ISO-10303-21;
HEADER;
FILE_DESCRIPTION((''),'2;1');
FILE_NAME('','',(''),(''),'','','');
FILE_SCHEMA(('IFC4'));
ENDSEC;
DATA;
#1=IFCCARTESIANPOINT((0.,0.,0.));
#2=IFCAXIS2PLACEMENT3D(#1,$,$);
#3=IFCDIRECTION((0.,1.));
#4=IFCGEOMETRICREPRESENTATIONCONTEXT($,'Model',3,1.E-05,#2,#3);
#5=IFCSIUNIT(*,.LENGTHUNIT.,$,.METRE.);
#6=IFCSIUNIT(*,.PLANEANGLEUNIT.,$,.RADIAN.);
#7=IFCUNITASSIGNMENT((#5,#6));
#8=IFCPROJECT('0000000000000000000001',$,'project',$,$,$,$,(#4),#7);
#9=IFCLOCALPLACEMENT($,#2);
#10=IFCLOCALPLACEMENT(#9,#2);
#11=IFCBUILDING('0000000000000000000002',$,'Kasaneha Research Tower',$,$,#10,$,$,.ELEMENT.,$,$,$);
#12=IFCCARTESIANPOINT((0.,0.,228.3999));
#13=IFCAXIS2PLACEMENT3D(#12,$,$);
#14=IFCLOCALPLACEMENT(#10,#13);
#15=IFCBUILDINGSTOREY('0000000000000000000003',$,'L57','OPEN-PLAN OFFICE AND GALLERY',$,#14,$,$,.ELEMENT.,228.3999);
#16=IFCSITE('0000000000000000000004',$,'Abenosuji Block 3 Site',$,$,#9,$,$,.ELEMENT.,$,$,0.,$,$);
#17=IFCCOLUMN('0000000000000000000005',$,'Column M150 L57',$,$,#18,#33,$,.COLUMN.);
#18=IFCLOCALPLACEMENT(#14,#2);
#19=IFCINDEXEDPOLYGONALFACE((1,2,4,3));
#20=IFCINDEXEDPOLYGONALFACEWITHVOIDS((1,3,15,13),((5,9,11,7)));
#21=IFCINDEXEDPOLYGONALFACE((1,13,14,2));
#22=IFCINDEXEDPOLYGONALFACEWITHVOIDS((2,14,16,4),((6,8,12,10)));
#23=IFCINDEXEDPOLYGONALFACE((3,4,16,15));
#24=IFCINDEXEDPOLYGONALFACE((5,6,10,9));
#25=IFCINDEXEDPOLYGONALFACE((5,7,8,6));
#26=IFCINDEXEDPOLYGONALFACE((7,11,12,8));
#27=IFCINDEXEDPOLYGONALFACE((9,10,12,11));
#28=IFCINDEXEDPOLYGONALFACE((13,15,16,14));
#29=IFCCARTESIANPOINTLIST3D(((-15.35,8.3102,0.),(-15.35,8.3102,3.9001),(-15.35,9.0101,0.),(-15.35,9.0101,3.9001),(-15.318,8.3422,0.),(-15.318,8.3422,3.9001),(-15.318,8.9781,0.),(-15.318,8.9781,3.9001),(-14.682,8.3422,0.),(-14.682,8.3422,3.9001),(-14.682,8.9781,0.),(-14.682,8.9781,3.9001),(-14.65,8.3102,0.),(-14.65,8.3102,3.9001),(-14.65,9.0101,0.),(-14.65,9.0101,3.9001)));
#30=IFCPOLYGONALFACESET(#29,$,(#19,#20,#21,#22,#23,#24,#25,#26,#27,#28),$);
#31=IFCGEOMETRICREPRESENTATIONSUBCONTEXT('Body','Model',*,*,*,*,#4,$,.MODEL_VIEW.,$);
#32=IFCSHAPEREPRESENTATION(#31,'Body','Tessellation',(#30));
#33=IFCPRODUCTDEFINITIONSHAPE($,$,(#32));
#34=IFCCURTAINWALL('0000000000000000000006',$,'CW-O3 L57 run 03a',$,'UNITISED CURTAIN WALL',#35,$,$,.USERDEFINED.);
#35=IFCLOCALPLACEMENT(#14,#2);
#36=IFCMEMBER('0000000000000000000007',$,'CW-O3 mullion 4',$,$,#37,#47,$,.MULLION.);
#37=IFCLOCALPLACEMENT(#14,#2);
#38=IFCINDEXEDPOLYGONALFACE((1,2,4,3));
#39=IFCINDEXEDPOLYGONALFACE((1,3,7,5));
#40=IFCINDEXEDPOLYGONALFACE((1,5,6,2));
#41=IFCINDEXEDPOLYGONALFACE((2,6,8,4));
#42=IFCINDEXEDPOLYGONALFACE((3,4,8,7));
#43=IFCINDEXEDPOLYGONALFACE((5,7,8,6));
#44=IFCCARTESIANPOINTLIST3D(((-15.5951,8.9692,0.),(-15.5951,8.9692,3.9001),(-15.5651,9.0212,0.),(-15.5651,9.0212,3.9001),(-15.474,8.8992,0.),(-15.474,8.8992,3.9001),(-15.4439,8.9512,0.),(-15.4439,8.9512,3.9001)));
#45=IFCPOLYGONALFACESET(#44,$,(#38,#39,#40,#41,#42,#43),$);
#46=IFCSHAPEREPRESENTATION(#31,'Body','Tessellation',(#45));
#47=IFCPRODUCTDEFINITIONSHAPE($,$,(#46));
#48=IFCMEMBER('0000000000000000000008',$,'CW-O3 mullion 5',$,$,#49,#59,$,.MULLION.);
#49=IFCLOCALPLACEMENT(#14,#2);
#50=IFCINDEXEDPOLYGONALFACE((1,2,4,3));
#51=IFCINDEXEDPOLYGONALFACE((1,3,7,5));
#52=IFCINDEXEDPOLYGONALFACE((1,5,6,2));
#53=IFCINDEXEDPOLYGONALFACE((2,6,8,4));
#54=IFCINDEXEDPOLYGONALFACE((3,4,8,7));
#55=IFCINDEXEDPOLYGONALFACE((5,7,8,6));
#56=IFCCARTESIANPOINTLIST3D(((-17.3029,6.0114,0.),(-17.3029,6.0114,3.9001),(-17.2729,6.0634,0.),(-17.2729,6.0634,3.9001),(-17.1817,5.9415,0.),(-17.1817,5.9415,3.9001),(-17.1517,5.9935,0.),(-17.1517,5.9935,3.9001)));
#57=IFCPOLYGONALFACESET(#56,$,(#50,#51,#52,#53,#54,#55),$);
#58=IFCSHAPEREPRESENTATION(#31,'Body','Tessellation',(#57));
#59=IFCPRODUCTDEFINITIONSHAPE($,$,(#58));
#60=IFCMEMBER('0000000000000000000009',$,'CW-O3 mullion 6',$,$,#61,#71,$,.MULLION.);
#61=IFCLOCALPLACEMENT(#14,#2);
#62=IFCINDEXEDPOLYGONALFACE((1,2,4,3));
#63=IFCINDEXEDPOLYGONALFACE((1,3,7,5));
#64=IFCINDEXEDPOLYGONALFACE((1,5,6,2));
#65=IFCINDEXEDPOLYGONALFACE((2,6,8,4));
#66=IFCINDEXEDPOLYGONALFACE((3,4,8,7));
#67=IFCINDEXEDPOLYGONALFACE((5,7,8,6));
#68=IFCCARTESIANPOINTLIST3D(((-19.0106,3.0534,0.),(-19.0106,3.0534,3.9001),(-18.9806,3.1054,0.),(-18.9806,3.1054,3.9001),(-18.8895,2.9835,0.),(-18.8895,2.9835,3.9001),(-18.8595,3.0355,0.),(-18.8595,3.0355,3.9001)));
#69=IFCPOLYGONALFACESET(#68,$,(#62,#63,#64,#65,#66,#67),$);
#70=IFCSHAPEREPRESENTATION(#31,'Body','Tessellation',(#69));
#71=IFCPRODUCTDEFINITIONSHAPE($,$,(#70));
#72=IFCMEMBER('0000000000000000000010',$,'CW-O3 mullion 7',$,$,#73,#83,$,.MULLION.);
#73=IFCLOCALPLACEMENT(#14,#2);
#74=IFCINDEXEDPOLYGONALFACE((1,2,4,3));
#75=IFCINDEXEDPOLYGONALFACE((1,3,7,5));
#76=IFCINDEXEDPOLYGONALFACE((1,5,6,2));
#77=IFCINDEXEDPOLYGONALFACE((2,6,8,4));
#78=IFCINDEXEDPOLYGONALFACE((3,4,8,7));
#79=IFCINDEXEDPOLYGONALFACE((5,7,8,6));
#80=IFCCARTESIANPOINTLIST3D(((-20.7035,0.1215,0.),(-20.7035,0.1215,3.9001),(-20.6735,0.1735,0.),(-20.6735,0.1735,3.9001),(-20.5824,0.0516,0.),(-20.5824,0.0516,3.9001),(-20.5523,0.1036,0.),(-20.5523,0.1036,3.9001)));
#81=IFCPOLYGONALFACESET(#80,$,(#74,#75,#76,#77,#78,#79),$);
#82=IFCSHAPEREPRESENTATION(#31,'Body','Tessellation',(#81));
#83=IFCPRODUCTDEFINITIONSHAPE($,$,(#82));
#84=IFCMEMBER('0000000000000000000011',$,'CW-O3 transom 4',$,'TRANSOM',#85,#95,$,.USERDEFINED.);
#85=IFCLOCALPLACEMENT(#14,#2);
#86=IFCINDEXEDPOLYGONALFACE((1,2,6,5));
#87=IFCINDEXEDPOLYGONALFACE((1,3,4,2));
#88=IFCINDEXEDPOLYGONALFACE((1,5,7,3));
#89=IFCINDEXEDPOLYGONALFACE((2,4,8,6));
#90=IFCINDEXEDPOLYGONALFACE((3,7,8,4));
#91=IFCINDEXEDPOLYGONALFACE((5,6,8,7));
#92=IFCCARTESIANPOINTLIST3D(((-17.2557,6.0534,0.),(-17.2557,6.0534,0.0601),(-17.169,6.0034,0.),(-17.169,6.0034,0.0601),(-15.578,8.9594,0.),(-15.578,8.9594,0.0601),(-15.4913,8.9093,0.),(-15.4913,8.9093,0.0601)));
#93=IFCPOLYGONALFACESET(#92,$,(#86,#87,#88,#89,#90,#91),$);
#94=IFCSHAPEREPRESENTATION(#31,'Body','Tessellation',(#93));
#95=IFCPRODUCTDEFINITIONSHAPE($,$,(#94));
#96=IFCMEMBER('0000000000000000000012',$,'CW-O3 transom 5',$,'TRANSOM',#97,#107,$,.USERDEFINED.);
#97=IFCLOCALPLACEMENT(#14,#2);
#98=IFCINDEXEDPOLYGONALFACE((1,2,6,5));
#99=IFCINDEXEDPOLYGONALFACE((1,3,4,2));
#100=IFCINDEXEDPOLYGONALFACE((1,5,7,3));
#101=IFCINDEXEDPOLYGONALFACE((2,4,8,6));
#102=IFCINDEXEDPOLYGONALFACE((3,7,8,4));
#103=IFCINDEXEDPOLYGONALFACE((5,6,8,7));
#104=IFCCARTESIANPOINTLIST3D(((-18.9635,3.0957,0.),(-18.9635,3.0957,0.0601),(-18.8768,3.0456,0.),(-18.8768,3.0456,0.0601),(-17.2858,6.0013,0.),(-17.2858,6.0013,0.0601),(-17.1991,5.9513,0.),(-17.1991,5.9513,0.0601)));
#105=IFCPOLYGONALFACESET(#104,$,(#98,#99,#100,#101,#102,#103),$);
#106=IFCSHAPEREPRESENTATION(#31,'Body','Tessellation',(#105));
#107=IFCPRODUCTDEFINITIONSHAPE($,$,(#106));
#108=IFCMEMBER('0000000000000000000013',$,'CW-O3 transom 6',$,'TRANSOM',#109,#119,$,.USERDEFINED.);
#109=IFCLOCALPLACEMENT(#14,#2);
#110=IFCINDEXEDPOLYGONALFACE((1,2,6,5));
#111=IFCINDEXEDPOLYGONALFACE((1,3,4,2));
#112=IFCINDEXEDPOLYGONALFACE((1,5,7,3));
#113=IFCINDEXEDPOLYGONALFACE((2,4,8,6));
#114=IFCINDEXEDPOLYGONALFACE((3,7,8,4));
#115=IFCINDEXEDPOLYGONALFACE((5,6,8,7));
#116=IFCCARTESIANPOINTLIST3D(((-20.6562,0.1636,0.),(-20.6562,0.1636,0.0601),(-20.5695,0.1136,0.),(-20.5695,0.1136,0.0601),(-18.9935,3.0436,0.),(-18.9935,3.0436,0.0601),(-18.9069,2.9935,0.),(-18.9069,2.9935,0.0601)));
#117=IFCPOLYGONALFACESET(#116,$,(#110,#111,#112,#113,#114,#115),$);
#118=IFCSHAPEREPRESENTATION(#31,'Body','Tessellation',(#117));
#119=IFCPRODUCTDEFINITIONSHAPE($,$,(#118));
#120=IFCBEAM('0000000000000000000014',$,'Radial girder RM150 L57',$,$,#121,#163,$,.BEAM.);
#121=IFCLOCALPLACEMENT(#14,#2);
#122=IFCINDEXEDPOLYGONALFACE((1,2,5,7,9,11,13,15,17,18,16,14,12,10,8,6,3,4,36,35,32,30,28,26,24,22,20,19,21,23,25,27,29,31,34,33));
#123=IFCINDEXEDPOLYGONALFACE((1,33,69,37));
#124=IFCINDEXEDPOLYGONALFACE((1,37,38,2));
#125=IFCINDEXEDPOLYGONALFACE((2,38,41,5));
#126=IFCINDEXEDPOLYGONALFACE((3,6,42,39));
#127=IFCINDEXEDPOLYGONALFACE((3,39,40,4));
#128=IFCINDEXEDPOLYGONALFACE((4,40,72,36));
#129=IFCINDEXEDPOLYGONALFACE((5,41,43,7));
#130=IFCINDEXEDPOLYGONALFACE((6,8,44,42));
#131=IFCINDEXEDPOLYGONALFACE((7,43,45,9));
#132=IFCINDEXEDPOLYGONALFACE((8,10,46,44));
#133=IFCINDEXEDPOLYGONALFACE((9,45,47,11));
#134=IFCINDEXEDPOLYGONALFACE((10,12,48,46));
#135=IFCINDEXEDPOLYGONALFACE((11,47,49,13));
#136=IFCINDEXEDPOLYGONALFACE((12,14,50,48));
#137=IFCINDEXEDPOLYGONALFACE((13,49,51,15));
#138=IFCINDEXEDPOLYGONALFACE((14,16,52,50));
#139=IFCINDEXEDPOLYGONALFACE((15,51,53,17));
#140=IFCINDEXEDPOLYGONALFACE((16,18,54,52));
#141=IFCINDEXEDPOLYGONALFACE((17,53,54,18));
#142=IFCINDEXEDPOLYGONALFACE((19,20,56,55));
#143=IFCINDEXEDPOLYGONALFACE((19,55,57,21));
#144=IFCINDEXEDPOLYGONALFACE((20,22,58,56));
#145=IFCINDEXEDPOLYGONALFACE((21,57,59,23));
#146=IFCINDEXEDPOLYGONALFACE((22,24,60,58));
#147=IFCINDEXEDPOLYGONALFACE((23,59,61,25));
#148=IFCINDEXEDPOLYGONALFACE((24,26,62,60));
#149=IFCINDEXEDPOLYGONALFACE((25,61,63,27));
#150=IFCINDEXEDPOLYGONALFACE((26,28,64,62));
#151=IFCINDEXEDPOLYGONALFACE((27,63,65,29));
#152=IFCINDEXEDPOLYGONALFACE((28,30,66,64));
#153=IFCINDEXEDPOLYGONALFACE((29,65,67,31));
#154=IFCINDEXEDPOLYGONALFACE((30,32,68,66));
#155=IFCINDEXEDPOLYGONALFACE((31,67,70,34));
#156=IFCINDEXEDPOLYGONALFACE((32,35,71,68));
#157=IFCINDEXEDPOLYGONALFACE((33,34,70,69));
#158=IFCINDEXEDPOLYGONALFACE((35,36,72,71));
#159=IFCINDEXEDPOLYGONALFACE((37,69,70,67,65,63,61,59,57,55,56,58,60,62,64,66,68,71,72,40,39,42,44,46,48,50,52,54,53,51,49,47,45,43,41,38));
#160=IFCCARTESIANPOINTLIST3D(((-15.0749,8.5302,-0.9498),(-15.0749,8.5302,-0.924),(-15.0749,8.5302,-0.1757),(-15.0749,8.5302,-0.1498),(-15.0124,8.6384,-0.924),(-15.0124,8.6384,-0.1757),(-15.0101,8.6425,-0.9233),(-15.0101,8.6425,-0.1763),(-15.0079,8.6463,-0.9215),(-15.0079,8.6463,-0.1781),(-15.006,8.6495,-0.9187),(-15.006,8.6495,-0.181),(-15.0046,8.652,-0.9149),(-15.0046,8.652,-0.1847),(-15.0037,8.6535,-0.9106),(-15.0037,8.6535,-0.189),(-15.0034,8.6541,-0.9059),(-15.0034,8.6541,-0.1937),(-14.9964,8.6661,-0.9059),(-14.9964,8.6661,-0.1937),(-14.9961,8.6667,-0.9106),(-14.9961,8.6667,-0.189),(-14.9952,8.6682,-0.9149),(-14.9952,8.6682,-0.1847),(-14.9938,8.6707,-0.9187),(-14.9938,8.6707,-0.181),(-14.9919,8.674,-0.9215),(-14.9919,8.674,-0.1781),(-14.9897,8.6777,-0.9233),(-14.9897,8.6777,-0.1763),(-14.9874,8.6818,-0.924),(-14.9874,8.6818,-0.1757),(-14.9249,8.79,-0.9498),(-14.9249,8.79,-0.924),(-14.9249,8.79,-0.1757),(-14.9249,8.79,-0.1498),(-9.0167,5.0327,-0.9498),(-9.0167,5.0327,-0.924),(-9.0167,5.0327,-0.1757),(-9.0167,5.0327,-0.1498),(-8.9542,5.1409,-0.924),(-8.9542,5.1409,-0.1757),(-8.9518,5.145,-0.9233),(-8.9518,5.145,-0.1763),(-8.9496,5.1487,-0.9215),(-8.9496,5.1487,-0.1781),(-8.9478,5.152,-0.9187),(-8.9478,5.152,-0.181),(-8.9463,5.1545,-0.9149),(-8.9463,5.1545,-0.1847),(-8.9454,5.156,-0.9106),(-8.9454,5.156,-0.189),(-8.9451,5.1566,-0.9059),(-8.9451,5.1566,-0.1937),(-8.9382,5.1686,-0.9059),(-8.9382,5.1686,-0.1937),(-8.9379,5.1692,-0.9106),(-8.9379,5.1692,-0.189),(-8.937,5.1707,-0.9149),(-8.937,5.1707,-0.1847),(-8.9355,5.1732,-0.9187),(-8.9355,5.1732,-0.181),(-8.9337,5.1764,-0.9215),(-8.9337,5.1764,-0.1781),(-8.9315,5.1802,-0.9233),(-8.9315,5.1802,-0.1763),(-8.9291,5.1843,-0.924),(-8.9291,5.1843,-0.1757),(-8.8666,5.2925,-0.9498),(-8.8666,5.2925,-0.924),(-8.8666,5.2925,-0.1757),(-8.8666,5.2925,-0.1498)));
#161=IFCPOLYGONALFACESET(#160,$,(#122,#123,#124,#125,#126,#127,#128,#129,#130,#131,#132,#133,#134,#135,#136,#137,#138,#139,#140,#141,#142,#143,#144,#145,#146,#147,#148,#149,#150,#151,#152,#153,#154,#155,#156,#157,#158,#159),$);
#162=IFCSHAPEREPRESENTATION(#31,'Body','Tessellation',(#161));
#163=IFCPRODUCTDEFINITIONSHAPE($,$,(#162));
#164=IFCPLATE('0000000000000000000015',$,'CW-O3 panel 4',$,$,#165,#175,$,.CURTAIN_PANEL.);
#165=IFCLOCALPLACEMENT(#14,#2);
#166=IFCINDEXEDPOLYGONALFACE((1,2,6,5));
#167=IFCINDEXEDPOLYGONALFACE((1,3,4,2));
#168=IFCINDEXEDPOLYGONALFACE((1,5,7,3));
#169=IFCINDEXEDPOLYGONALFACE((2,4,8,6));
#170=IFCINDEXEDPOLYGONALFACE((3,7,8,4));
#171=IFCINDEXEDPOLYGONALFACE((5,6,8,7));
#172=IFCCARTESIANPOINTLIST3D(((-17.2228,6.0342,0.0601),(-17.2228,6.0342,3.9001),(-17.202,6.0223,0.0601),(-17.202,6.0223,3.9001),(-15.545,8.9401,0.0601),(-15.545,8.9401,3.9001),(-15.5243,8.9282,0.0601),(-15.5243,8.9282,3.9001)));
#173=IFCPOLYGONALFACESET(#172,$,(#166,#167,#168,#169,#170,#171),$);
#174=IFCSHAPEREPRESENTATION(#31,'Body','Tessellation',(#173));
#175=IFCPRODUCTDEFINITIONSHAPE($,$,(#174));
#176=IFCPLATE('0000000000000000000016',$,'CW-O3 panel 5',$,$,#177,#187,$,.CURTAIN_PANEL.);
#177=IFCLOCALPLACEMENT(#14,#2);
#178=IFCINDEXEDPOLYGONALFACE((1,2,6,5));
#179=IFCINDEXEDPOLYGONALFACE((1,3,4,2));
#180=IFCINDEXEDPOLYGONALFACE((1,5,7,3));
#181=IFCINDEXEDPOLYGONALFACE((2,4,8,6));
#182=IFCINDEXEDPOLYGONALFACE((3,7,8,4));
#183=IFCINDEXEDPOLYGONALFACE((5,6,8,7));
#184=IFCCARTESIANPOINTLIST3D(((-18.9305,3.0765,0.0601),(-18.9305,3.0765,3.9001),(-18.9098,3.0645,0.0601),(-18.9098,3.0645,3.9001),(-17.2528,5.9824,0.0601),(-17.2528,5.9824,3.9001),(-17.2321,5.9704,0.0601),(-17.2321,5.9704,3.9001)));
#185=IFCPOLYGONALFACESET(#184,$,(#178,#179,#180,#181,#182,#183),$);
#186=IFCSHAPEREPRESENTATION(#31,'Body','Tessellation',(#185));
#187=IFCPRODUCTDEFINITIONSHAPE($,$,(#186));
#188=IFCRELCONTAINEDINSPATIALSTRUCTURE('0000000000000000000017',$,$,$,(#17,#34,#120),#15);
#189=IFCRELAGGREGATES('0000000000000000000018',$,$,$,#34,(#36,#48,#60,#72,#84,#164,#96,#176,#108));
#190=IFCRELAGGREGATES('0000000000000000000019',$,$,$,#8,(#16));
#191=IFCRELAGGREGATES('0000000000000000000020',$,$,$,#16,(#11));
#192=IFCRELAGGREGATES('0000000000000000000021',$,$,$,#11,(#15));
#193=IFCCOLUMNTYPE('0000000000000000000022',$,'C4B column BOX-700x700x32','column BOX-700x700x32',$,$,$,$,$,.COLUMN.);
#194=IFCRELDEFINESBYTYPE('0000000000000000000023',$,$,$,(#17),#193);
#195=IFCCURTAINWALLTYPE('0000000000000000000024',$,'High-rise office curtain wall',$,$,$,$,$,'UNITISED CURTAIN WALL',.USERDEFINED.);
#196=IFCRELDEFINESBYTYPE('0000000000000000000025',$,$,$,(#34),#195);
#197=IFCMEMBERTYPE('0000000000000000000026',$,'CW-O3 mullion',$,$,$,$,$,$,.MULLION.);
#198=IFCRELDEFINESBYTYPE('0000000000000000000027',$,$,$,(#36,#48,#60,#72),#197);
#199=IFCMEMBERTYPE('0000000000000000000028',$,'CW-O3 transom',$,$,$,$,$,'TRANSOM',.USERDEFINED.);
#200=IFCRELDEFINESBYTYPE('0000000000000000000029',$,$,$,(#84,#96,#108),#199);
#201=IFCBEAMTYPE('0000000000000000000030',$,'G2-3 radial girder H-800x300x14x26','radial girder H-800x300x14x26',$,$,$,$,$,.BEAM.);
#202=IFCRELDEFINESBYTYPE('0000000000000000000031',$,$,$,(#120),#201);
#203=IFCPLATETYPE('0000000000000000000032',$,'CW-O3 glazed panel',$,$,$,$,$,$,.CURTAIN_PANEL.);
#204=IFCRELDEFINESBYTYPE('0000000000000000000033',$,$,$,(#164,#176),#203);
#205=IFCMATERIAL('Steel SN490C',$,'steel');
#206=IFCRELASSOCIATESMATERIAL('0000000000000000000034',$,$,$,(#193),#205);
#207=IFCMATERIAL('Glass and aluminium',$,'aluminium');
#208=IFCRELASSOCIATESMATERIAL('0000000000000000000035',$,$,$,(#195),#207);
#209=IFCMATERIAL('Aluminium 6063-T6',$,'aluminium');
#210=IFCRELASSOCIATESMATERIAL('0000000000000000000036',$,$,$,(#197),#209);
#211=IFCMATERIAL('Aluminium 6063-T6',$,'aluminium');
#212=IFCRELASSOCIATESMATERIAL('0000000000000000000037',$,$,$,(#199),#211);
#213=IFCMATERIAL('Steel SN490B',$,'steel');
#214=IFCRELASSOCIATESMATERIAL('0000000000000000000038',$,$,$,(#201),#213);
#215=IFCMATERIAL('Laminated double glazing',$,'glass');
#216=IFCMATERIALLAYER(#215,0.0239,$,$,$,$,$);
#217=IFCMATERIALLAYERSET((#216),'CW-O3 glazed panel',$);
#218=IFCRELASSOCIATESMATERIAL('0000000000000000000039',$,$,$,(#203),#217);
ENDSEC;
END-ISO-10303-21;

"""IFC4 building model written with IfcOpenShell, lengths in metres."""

from ifc_helpers import new_model, si_unit, direction, frame, origin, origin_2d, place, context, subcontext, project, spatial, rectangle, hollow_rectangle, i_section, extrude, material, layer, layer_set, material_profile, profile_set, type_object, element, aggregate, save


model = new_model("IFC4")

# Units and contexts
model_context = context("Model", 3, precision=1e-05, world=origin(), true_north=direction((0.0, 1.0)))
body_context = subcontext(model_context, "Body", "Model", "MODEL_VIEW")
ifc_project = project(units=[si_unit("LENGTHUNIT", "METRE"), si_unit("PLANEANGLEUNIT", "RADIAN")], contexts=[model_context])

# Site, building, storey
site_placement = place(None, origin())
site = spatial("IfcSite", under=ifc_project, at=site_placement, Name="Abenosuji Block 3 Site", CompositionType="ELEMENT", RefElevation=0.0)
building_placement = place(site_placement, origin())
building = spatial("IfcBuilding", under=site, at=building_placement, Name="Kasaneha Research Tower", CompositionType="ELEMENT")
storey_placement = place(building_placement, frame((0.0, 0.0, 228.3999)))
storey = spatial("IfcBuildingStorey", under=building, at=storey_placement, Name="L57", Description="OPEN-PLAN OFFICE AND GALLERY", CompositionType="ELEMENT", Elevation=228.3999)

# Column
ifc_material_1 = material(Name="Steel SN490C", Category="steel")
ifc_material_profile_1 = material_profile(ifc_material_1, hollow_rectangle(XDim=0.7, YDim=0.7, WallThickness=0.032, at=origin_2d()), Name="BOX-700x700x32")
ifc_profile_set_1 = profile_set([ifc_material_profile_1], Name="Steel SN490C")
column_type = type_object("IfcColumnType", Name="C4B column BOX-700x700x32", Description="column BOX-700x700x32", PredefinedType="COLUMN", material=ifc_profile_set_1)
column_placement = place(storey_placement, frame((-15.0, 8.6602, 0.0), z_axis=(0.0, 0.0, 1.0), x_axis=(1.0, 0.0, 0.0)))
element("IfcColumn", 1, at=column_placement, inside=storey, type_object=column_type, Name="Column M150 L57", PredefinedType="COLUMN", context=body_context, shape_type="SweptSolid", body=[
    extrude(hollow_rectangle(XDim=0.7, YDim=0.7, WallThickness=0.032, at=origin_2d()), origin(), (0.0, 0.0, 1.0), 3.9001),
])

# Curtain wall, members
ifc_material_2 = material(Name="Glass and aluminium", Category="aluminium")
curtain_wall_type = type_object("IfcCurtainWallType", Name="High-rise office curtain wall", ElementType="UNITISED CURTAIN WALL", PredefinedType="USERDEFINED", material=ifc_material_2)
curtain_wall_placement = place(storey_placement, origin())
curtain_wall = element("IfcCurtainWall", 2, at=curtain_wall_placement, inside=storey, type_object=curtain_wall_type, Name="CW-O3 L57 run 03a", ObjectType="UNITISED CURTAIN WALL", PredefinedType="USERDEFINED")
ifc_material_3 = material(Name="Aluminium 6063-T6", Category="aluminium")
ifc_material_profile_2 = material_profile(ifc_material_3, rectangle(XDim=0.0601, YDim=0.1399, at=origin_2d()), Name="CW-O3 mullion 60x140")
ifc_profile_set_2 = profile_set([ifc_material_profile_2], Name="Aluminium 6063-T6")
member_type_1 = type_object("IfcMemberType", Name="CW-O3 mullion", PredefinedType="MULLION", material=ifc_profile_set_2)
member_1_placement = place(storey_placement, frame((-15.5195, 8.9602, 0.0), z_axis=(0.0, 0.0, 1.0), x_axis=(-0.5, -0.866025, 0.0)))
member_1 = element("IfcMember", 3, at=member_1_placement, type_object=member_type_1, Name="CW-O3 mullion 4", PredefinedType="MULLION", context=body_context, shape_type="SweptSolid", body=[
    extrude(rectangle(XDim=0.0601, YDim=0.1399, at=origin_2d()), origin(), (0.0, 0.0, 1.0), 3.9001),
])
member_2_placement = place(storey_placement, frame((-17.2273, 6.0024, 0.0), z_axis=(0.0, 0.0, 1.0), x_axis=(-0.5, -0.866025, 0.0)))
member_2 = element("IfcMember", 4, at=member_2_placement, type_object=member_type_1, Name="CW-O3 mullion 5", PredefinedType="MULLION", context=body_context, shape_type="SweptSolid", body=[
    extrude(rectangle(XDim=0.0601, YDim=0.1399, at=origin_2d()), origin(), (0.0, 0.0, 1.0), 3.9001),
])
member_3_placement = place(storey_placement, frame((-18.9351, 3.0444, 0.0), z_axis=(0.0, 0.0, 1.0), x_axis=(-0.5, -0.866025, 0.0)))
member_3 = element("IfcMember", 5, at=member_3_placement, type_object=member_type_1, Name="CW-O3 mullion 6", PredefinedType="MULLION", context=body_context, shape_type="SweptSolid", body=[
    extrude(rectangle(XDim=0.0601, YDim=0.1399, at=origin_2d()), origin(), (0.0, 0.0, 1.0), 3.9001),
])
member_4_placement = place(storey_placement, frame((-20.6279, 0.1125, 0.0), z_axis=(0.0, 0.0, 1.0), x_axis=(-0.5, -0.866025, 0.0)))
member_4 = element("IfcMember", 6, at=member_4_placement, type_object=member_type_1, Name="CW-O3 mullion 7", PredefinedType="MULLION", context=body_context, shape_type="SweptSolid", body=[
    extrude(rectangle(XDim=0.0601, YDim=0.1399, at=origin_2d()), origin(), (0.0, 0.0, 1.0), 3.9001),
])
ifc_material_4 = material(Name="Aluminium 6063-T6", Category="aluminium")
ifc_material_profile_3 = material_profile(ifc_material_4, rectangle(XDim=0.1001, YDim=0.0601, at=origin_2d()), Name="CW-O3 transom 100x60")
ifc_profile_set_3 = profile_set([ifc_material_profile_3], Name="Aluminium 6063-T6")
member_type_2 = type_object("IfcMemberType", Name="CW-O3 transom", ElementType="TRANSOM", PredefinedType="USERDEFINED", material=ifc_profile_set_3)
member_5_placement = place(storey_placement, frame((-15.5347, 8.9343, 0.03), z_axis=(-0.499989, -0.866032, 0.0), x_axis=(0.866032, -0.499989, 0.0)))
member_5 = element("IfcMember", 7, at=member_5_placement, type_object=member_type_2, Name="CW-O3 transom 4", ObjectType="TRANSOM", PredefinedType="USERDEFINED", context=body_context, shape_type="SweptSolid", body=[
    extrude(rectangle(XDim=0.1001, YDim=0.0601, at=origin_2d()), origin(), (0.0, 0.0, 1.0), 3.3555),
])
member_6_placement = place(storey_placement, frame((-17.2424, 5.9763, 0.03), z_axis=(-0.500021, -0.866014, 0.0), x_axis=(0.866014, -0.500021, 0.0)))
member_6 = element("IfcMember", 8, at=member_6_placement, type_object=member_type_2, Name="CW-O3 transom 5", ObjectType="TRANSOM", PredefinedType="USERDEFINED", context=body_context, shape_type="SweptSolid", body=[
    extrude(rectangle(XDim=0.1001, YDim=0.0601, at=origin_2d()), origin(), (0.0, 0.0, 1.0), 3.3552),
])
member_7_placement = place(storey_placement, frame((-18.9502, 3.0186, 0.03), z_axis=(-0.499977, -0.866039, 0.0), x_axis=(0.866039, -0.499977, 0.0)))
member_7 = element("IfcMember", 9, at=member_7_placement, type_object=member_type_2, Name="CW-O3 transom 6", ObjectType="TRANSOM", PredefinedType="USERDEFINED", context=body_context, shape_type="SweptSolid", body=[
    extrude(rectangle(XDim=0.1001, YDim=0.0601, at=origin_2d()), origin(), (0.0, 0.0, 1.0), 3.3254),
])

# Beam
ifc_material_5 = material(Name="Steel SN490B", Category="steel")
ifc_material_profile_4 = material_profile(ifc_material_5, i_section(OverallWidth=0.3, OverallDepth=0.8, WebThickness=0.0139, FlangeThickness=0.0259, FilletRadius=0.0181, at=origin_2d()), Name="H-800x300x14x26")
ifc_profile_set_4 = profile_set([ifc_material_profile_4], Name="Steel SN490B")
beam_type = type_object("IfcBeamType", Name="G2-3 radial girder H-800x300x14x26", Description="radial girder H-800x300x14x26", PredefinedType="BEAM", material=ifc_profile_set_4)
beam_placement = place(storey_placement, frame((-8.9417, 5.1626, -0.5498), z_axis=(-0.86604, 0.499975, 0.0), x_axis=(-0.499975, -0.86604, 0.0)))
element("IfcBeam", 10, at=beam_placement, inside=storey, type_object=beam_type, Name="Radial girder RM150 L57", PredefinedType="BEAM", context=body_context, shape_type="SweptSolid", body=[
    extrude(i_section(OverallWidth=0.3, OverallDepth=0.8, WebThickness=0.0139, FlangeThickness=0.0259, FilletRadius=0.0181, at=origin_2d()), origin(), (0.0, 0.0, 1.0), 6.9954),
])

# Plates
ifc_material_6 = material(Name="Laminated double glazing", Category="glass")
ifc_layer_1 = layer(ifc_material_6, 0.0239)
ifc_layer_set_1 = layer_set([ifc_layer_1], Name="CW-O3 glazed panel")
plate_type = type_object("IfcPlateType", Name="CW-O3 glazed panel", PredefinedType="CURTAIN_PANEL", material=ifc_layer_set_1)
plate_1_placement = place(storey_placement, frame((-16.3735, 7.4812, 0.0601), z_axis=(0.0, 0.0, 1.0), x_axis=(-0.5, -0.866025, 0.0)))
plate_1 = element("IfcPlate", 11, at=plate_1_placement, type_object=plate_type, Name="CW-O3 panel 4", PredefinedType="CURTAIN_PANEL", context=body_context, shape_type="SweptSolid", body=[
    extrude(rectangle(XDim=3.3555, YDim=0.0239, at=origin_2d()), origin(), (0.0, 0.0, 1.0), 3.8401),
])
plate_2_placement = place(storey_placement, frame((-18.0813, 4.5234, 0.0601), z_axis=(0.0, 0.0, 1.0), x_axis=(-0.5, -0.866025, 0.0)))
plate_2 = element("IfcPlate", 12, at=plate_2_placement, type_object=plate_type, Name="CW-O3 panel 5", PredefinedType="CURTAIN_PANEL", context=body_context, shape_type="SweptSolid", body=[
    extrude(rectangle(XDim=3.3555, YDim=0.0239, at=origin_2d()), origin(), (0.0, 0.0, 1.0), 3.8401),
])
aggregate(curtain_wall, [member_1, member_2, member_3, member_4, member_5, plate_1, member_6, plate_2, member_7])

save(model, "model.ifc")
